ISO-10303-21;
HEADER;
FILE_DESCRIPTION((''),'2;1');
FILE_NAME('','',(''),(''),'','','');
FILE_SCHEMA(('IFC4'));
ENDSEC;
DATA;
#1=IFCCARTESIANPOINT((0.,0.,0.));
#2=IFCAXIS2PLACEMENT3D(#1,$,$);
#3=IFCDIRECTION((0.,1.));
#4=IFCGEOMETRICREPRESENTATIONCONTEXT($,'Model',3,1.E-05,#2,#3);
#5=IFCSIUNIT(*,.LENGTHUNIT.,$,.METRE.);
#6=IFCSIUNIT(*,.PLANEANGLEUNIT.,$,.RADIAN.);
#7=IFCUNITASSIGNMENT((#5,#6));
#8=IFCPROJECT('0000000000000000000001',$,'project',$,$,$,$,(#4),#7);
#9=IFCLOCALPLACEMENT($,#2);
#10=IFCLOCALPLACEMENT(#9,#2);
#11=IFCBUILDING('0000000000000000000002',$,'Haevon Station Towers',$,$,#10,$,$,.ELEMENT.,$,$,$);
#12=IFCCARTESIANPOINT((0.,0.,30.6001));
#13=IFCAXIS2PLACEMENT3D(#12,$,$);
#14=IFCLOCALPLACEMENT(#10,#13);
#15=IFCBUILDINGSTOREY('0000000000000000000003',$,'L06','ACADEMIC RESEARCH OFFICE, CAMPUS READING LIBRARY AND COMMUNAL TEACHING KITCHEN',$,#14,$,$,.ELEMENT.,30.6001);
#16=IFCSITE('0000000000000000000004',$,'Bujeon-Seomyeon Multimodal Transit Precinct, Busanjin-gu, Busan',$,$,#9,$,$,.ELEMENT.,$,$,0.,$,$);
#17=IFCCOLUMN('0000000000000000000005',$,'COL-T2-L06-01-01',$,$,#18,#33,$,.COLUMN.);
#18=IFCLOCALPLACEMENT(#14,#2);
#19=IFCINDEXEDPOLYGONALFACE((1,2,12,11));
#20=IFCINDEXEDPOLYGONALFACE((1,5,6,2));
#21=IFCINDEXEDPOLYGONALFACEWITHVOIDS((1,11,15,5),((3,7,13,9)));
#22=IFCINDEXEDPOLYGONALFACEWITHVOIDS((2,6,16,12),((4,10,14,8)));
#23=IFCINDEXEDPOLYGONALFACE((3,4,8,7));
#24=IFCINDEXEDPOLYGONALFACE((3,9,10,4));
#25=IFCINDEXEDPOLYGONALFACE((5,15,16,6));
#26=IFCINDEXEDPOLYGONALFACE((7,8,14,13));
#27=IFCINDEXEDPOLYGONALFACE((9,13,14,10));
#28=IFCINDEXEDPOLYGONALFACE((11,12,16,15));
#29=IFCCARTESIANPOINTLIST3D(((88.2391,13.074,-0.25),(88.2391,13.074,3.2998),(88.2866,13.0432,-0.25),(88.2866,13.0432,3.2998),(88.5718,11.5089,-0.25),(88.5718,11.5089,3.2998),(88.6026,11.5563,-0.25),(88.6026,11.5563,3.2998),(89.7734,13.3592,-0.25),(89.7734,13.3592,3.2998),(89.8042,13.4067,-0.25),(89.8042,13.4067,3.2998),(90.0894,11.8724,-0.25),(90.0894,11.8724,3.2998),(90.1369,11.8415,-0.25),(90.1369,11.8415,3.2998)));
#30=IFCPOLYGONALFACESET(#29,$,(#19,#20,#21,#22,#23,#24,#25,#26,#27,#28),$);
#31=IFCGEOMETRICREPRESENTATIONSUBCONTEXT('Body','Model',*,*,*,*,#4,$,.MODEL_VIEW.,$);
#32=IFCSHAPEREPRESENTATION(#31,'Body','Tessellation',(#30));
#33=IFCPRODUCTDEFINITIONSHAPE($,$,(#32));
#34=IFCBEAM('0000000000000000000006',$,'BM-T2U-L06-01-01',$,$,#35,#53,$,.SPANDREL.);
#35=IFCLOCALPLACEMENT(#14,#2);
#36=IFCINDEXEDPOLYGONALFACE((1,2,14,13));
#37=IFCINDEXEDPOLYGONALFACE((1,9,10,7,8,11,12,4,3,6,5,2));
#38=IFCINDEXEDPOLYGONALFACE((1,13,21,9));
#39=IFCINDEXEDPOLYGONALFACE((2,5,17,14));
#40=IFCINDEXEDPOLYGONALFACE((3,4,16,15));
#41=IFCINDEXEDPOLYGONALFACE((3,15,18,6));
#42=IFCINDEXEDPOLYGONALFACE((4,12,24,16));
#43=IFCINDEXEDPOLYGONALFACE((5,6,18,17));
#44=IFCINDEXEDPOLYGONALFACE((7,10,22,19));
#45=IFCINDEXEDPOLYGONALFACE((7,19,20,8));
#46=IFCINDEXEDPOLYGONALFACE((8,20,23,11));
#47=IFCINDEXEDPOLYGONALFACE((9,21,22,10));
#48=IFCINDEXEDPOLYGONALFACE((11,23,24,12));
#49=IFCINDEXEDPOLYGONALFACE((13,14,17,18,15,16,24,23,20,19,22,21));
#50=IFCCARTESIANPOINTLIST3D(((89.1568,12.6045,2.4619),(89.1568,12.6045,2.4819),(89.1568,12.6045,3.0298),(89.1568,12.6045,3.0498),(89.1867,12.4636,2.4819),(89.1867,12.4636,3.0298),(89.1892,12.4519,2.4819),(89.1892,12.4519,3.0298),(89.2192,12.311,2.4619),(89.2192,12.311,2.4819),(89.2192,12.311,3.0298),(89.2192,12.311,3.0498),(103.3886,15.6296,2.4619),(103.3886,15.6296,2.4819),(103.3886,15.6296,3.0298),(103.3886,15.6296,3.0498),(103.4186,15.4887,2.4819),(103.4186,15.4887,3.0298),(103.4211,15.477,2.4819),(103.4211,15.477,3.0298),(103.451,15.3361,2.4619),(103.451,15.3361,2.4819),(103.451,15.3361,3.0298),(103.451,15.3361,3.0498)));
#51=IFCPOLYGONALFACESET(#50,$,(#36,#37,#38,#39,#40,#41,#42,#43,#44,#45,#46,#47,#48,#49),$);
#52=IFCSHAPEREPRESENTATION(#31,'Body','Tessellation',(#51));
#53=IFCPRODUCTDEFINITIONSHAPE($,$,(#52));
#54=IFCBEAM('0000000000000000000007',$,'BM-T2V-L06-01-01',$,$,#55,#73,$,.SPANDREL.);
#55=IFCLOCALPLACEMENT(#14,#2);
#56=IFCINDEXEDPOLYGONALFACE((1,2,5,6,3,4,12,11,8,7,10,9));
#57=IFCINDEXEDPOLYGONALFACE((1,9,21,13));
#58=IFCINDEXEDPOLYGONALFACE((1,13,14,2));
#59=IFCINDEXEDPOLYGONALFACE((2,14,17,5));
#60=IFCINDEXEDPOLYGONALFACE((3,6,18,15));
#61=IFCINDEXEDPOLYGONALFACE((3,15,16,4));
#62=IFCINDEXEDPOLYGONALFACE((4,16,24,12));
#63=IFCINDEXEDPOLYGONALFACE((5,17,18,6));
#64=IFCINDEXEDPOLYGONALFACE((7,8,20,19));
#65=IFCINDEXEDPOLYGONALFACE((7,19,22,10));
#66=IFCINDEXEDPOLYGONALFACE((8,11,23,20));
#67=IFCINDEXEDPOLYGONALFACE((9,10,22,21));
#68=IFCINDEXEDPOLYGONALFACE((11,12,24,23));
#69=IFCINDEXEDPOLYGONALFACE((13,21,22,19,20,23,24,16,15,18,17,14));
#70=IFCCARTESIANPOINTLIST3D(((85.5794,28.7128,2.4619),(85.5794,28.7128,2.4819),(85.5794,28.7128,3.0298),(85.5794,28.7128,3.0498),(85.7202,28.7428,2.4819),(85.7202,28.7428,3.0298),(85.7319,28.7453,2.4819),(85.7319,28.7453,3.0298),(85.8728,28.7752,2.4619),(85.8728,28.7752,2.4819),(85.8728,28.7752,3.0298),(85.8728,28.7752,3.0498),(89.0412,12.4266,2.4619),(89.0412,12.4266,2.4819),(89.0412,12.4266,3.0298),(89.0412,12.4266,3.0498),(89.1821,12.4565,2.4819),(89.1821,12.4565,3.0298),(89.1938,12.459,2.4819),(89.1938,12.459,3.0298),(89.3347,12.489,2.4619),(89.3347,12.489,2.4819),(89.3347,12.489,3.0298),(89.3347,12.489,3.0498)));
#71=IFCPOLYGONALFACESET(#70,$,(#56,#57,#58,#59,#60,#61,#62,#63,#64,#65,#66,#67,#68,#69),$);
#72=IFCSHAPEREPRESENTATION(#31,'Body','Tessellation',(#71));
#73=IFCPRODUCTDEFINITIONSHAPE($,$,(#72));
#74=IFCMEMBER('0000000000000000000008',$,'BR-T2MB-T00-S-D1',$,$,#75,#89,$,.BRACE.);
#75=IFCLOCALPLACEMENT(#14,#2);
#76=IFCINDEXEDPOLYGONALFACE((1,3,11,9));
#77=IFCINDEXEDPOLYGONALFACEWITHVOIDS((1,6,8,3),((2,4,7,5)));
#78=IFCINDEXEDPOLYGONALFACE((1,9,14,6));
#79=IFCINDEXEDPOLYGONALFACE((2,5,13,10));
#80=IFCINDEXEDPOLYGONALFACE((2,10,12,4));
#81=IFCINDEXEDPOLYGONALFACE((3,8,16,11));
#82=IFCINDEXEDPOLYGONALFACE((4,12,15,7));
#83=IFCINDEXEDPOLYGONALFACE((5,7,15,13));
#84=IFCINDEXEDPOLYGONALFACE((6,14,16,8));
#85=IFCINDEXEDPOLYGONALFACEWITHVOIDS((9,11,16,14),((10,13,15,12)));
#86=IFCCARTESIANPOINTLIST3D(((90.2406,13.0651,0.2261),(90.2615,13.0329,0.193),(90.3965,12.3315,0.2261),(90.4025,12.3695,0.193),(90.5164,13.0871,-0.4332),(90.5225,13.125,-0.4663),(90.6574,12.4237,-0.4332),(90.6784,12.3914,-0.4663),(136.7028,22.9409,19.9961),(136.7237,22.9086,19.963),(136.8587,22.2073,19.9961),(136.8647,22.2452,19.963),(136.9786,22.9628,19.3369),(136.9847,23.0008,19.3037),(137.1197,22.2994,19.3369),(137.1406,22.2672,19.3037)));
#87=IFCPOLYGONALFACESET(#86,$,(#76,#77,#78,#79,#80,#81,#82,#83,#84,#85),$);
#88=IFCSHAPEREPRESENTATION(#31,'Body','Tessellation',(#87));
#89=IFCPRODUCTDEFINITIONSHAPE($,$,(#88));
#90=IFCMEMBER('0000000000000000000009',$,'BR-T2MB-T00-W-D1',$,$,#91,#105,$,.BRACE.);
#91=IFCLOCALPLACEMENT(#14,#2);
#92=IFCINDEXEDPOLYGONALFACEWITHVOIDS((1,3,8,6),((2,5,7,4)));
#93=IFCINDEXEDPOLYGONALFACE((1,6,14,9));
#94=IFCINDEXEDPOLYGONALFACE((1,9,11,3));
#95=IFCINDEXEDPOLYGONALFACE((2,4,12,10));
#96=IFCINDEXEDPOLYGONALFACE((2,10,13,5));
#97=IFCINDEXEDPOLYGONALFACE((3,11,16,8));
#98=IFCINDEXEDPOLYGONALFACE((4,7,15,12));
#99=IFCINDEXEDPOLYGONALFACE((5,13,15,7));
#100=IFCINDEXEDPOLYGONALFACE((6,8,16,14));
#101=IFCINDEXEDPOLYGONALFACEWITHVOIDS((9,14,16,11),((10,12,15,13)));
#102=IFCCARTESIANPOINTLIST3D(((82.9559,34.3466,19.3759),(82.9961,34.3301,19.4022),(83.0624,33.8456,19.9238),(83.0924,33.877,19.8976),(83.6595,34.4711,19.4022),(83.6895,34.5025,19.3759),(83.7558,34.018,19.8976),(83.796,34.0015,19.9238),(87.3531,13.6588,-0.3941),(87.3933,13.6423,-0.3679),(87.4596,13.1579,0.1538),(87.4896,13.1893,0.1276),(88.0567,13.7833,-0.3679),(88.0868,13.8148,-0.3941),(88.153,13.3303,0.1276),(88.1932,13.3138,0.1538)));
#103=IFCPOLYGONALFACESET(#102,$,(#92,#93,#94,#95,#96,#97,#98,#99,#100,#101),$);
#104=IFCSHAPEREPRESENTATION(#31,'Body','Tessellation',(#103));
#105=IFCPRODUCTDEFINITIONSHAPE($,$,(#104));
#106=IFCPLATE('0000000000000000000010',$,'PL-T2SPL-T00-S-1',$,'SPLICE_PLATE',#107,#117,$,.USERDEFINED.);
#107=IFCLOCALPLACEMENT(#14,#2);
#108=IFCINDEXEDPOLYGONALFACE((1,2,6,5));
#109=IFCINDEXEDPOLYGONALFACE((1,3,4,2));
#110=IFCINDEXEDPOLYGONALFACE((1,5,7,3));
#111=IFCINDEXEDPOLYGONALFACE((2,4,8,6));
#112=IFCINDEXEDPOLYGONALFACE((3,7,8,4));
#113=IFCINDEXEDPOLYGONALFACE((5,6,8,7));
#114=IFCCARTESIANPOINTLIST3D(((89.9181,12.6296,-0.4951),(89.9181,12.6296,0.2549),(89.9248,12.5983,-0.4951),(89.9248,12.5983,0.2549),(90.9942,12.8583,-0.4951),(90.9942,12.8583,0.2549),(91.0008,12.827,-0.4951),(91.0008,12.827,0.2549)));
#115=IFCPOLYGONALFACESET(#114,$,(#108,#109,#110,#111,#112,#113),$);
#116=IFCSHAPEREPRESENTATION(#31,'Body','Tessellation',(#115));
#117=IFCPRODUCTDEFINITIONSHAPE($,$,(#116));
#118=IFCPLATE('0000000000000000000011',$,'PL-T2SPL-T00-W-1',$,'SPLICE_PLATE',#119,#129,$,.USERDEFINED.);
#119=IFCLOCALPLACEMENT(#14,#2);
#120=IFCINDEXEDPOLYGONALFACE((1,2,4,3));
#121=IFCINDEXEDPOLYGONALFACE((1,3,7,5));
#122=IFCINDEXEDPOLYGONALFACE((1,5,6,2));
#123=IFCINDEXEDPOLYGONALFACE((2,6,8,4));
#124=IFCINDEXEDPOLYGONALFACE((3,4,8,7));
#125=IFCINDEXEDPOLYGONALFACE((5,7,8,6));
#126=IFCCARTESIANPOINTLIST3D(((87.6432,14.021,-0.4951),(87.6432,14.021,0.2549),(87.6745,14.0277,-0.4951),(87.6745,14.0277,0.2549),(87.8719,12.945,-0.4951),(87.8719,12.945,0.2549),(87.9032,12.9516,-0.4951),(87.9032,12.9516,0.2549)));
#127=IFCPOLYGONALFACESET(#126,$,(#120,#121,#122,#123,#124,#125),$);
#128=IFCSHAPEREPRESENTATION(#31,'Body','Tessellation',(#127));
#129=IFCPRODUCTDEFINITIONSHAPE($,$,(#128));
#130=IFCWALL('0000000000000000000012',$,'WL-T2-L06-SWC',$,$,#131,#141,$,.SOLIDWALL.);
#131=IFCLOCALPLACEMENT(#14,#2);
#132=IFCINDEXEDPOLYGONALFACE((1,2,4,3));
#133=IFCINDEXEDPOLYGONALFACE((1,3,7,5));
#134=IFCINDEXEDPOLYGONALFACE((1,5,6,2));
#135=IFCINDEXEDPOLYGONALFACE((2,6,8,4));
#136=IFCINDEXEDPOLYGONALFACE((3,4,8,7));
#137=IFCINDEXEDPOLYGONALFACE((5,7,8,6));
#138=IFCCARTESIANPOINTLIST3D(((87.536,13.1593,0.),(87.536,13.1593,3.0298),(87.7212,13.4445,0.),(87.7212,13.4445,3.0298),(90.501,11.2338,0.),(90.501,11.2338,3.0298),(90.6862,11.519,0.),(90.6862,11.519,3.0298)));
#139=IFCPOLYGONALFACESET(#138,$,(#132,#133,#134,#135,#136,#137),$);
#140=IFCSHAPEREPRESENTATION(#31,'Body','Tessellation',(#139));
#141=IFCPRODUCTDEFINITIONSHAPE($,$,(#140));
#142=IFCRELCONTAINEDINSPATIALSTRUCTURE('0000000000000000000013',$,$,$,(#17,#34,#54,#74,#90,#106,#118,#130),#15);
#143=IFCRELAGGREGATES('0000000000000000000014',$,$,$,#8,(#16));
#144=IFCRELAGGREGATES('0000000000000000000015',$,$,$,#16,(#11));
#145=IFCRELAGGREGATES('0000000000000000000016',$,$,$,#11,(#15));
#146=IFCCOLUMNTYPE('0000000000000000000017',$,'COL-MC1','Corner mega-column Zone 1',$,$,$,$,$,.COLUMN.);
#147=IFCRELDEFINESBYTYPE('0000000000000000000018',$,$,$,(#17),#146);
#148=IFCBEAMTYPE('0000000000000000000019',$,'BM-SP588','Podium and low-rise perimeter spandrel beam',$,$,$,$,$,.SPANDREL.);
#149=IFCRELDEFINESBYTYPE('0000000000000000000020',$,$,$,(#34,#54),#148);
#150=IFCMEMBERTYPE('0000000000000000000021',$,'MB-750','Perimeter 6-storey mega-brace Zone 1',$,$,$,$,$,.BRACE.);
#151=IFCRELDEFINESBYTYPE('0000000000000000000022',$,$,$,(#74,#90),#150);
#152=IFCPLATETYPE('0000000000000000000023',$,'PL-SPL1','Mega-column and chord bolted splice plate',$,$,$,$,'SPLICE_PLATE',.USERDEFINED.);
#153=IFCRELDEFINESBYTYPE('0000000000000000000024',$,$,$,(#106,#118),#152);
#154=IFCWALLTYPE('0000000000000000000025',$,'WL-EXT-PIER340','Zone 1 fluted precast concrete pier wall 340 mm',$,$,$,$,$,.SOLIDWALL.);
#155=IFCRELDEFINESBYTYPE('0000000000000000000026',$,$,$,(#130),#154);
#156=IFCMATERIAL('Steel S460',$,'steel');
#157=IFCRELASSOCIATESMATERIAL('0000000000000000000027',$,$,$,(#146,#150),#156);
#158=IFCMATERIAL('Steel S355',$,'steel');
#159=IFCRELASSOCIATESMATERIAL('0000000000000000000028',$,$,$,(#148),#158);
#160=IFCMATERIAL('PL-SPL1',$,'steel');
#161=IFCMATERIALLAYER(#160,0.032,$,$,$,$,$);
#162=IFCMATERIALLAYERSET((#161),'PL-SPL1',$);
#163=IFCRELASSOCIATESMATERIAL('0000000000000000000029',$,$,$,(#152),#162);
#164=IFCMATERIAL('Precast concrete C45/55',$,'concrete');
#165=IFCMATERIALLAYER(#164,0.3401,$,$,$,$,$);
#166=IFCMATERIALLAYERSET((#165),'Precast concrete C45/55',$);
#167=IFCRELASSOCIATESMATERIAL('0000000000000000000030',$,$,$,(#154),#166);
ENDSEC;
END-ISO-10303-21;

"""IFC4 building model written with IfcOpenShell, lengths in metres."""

from ifc_helpers import new_model, si_unit, direction, frame, frame_2d, origin, origin_2d, place, context, subcontext, project, spatial, rectangle, hollow_rectangle, i_section, extrude, material, layer, layer_set, material_profile, profile_set, type_object, element, save


model = new_model("IFC4")

# Units and contexts
model_context = context("Model", 3, precision=1e-05, world=origin(), true_north=direction((0.0, 1.0)))
body_context = subcontext(model_context, "Body", "Model", "MODEL_VIEW")
ifc_project = project(units=[si_unit("LENGTHUNIT", "METRE"), si_unit("PLANEANGLEUNIT", "RADIAN")], contexts=[model_context])

# Site, building, storey
site_placement = place(None, origin())
site = spatial("IfcSite", under=ifc_project, at=site_placement, Name="Bujeon-Seomyeon Multimodal Transit Precinct, Busanjin-gu, Busan", CompositionType="ELEMENT", RefElevation=0.0)
building_placement = place(site_placement, origin())
building = spatial("IfcBuilding", under=site, at=building_placement, Name="Haevon Station Towers", CompositionType="ELEMENT")
storey_placement = place(building_placement, frame((0.0, 0.0, 30.6001)))
storey = spatial("IfcBuildingStorey", under=building, at=storey_placement, Name="L06", Description="ACADEMIC RESEARCH OFFICE, CAMPUS READING LIBRARY AND COMMUNAL TEACHING KITCHEN", CompositionType="ELEMENT", Elevation=30.6001)

# Column
ifc_material_1 = material(Name="Steel S460", Category="steel")
ifc_material_profile_1 = material_profile(ifc_material_1, hollow_rectangle(XDim=1.6001, YDim=1.6001, WallThickness=0.04, at=origin_2d()), Name="BOX-1600x1600x40")
ifc_profile_set_1 = profile_set([ifc_material_profile_1], Name="Steel S460")
column_type = type_object("IfcColumnType", Name="COL-MC1", Description="Corner mega-column Zone 1", PredefinedType="COLUMN", material=ifc_profile_set_1)
column_placement = place(storey_placement, frame((89.188, 12.4578, -0.25), z_axis=(0.0, 0.0, 1.0), x_axis=(0.978148, 0.207912, 0.0)))
element("IfcColumn", 1, at=column_placement, inside=storey, type_object=column_type, Name="COL-T2-L06-01-01", PredefinedType="COLUMN", context=body_context, shape_type="SweptSolid", body=[
    extrude(hollow_rectangle(XDim=1.6001, YDim=1.6001, WallThickness=0.04, at=origin_2d()), origin(), (0.0, 0.0, 1.0), 3.5498),
])

# Beams
ifc_material_2 = material(Name="Steel S355", Category="steel")
ifc_material_profile_2 = material_profile(ifc_material_2, i_section(OverallWidth=0.3, OverallDepth=0.5879, WebThickness=0.012, FlangeThickness=0.02, at=origin_2d()), Name="H-588x300x12x20")
ifc_profile_set_2 = profile_set([ifc_material_profile_2], Name="Steel S355")
beam_type = type_object("IfcBeamType", Name="BM-SP588", Description="Podium and low-rise perimeter spandrel beam", PredefinedType="SPANDREL", material=ifc_profile_set_2)
beam_1_placement = place(storey_placement, frame((89.188, 12.4578, 2.7559), z_axis=(0.978147, 0.207915, 0.0), x_axis=(-0.207915, 0.978147, 0.0)))
element("IfcBeam", 2, at=beam_1_placement, inside=storey, type_object=beam_type, Name="BM-T2U-L06-01-01", PredefinedType="SPANDREL", context=body_context, shape_type="SweptSolid", body=[
    extrude(i_section(OverallWidth=0.3, OverallDepth=0.5879, WebThickness=0.012, FlangeThickness=0.02, at=origin_2d()), origin(), (0.0, 0.0, 1.0), 14.5498),
])
beam_2_placement = place(storey_placement, frame((89.188, 12.4578, 2.7559), z_axis=(-0.20792, 0.978146, 0.0), x_axis=(-0.978146, -0.20792, 0.0)))
element("IfcBeam", 3, at=beam_2_placement, inside=storey, type_object=beam_type, Name="BM-T2V-L06-01-01", PredefinedType="SPANDREL", context=body_context, shape_type="SweptSolid", body=[
    extrude(i_section(OverallWidth=0.3, OverallDepth=0.5879, WebThickness=0.012, FlangeThickness=0.02, at=origin_2d()), origin(), (0.0, 0.0, 1.0), 16.6501),
])

# Members
ifc_material_profile_3 = material_profile(ifc_material_1, hollow_rectangle(XDim=0.75, YDim=0.75, WallThickness=0.0359, at=origin_2d()), Name="RHS-750x750x36")
ifc_profile_set_3 = profile_set([ifc_material_profile_3], Name="Steel S460")
member_type = type_object("IfcMemberType", Name="MB-750", Description="Perimeter 6-storey mega-brace Zone 1", PredefinedType="BRACE", material=ifc_profile_set_3)
member_1_placement = place(storey_placement, frame((90.4595, 12.7283, -0.1201), z_axis=(0.903052, 0.191948, 0.384256), x_axis=(-0.20791, 0.978148, 0.0)))
element("IfcMember", 4, at=member_1_placement, inside=storey, type_object=member_type, Name="BR-T2MB-T00-S-D1", PredefinedType="BRACE", context=body_context, shape_type="SweptSolid", body=[
    extrude(hollow_rectangle(XDim=0.75, YDim=0.75, WallThickness=0.0359, at=origin_2d()), origin(), (0.0, 0.0, 1.0), 51.4502),
])
member_2_placement = place(storey_placement, frame((87.7732, 13.4863, -0.1201), z_axis=(-0.151884, 0.714573, 0.682874), x_axis=(-0.978149, -0.207907, 0.0)))
element("IfcMember", 5, at=member_2_placement, inside=storey, type_object=member_type, Name="BR-T2MB-T00-W-D1", PredefinedType="BRACE", context=body_context, shape_type="SweptSolid", body=[
    extrude(hollow_rectangle(XDim=0.75, YDim=0.75, WallThickness=0.0359, at=origin_2d()), origin(), (0.0, 0.0, 1.0), 28.9512),
])

# Plates
ifc_material_3 = material(Name="PL-SPL1", Category="steel")
ifc_layer_1 = layer(ifc_material_3, 0.032)
ifc_layer_set_1 = layer_set([ifc_layer_1], Name="PL-SPL1")
plate_type = type_object("IfcPlateType", Name="PL-SPL1", Description="Mega-column and chord bolted splice plate", ElementType="SPLICE_PLATE", PredefinedType="USERDEFINED", material=ifc_layer_set_1)
for number, where, z_axis, x_axis, name in (
    (6, (90.4595, 12.7283, -0.4951), (0.0, 0.0, 1.0), (0.978148, 0.207912, 0.0), "PL-T2SPL-T00-S-1"),
    (7, (87.7732, 13.4863, -0.4951), (0.0, 0.0, 1.0), (-0.207912, 0.978148, 0.0), "PL-T2SPL-T00-W-1"),
):
    element("IfcPlate", number, at=place(storey_placement, frame(where, z_axis=z_axis, x_axis=x_axis)), inside=storey, type_object=plate_type, Name=name, ObjectType="SPLICE_PLATE", PredefinedType="USERDEFINED", context=body_context, shape_type="SweptSolid", body=[
        extrude(rectangle(XDim=1.1001, YDim=0.032, at=origin_2d()), origin(), (0.0, 0.0, 1.0), 0.75),
    ])

# Wall
ifc_material_4 = material(Name="Precast concrete C45/55", Category="concrete")
ifc_layer_2 = layer(ifc_material_4, 0.3401)
ifc_layer_set_2 = layer_set([ifc_layer_2], Name="Precast concrete C45/55")
wall_type_1 = type_object("IfcWallType", Name="WL-EXT-PIER340", Description="Zone 1 fluted precast concrete pier wall 340 mm", PredefinedType="SOLIDWALL", material=ifc_layer_set_2)
wall_1_placement = place(storey_placement, frame((90.5935, 11.3765, 0.0), z_axis=(0.0, 0.0, 1.0), x_axis=(-0.838672, 0.544636, 0.0)))
element("IfcWall", 8, at=wall_1_placement, inside=storey, type_object=wall_type_1, Name="WL-T2-L06-SWC", PredefinedType="SOLIDWALL", context=body_context, shape_type="SweptSolid", body=[
    extrude(rectangle(XDim=3.5354, YDim=0.3401, at=frame_2d((1.7676, 0.0))), origin(), (0.0, 0.0, 1.0), 3.0298),
])

save(model, "model.ifc")
